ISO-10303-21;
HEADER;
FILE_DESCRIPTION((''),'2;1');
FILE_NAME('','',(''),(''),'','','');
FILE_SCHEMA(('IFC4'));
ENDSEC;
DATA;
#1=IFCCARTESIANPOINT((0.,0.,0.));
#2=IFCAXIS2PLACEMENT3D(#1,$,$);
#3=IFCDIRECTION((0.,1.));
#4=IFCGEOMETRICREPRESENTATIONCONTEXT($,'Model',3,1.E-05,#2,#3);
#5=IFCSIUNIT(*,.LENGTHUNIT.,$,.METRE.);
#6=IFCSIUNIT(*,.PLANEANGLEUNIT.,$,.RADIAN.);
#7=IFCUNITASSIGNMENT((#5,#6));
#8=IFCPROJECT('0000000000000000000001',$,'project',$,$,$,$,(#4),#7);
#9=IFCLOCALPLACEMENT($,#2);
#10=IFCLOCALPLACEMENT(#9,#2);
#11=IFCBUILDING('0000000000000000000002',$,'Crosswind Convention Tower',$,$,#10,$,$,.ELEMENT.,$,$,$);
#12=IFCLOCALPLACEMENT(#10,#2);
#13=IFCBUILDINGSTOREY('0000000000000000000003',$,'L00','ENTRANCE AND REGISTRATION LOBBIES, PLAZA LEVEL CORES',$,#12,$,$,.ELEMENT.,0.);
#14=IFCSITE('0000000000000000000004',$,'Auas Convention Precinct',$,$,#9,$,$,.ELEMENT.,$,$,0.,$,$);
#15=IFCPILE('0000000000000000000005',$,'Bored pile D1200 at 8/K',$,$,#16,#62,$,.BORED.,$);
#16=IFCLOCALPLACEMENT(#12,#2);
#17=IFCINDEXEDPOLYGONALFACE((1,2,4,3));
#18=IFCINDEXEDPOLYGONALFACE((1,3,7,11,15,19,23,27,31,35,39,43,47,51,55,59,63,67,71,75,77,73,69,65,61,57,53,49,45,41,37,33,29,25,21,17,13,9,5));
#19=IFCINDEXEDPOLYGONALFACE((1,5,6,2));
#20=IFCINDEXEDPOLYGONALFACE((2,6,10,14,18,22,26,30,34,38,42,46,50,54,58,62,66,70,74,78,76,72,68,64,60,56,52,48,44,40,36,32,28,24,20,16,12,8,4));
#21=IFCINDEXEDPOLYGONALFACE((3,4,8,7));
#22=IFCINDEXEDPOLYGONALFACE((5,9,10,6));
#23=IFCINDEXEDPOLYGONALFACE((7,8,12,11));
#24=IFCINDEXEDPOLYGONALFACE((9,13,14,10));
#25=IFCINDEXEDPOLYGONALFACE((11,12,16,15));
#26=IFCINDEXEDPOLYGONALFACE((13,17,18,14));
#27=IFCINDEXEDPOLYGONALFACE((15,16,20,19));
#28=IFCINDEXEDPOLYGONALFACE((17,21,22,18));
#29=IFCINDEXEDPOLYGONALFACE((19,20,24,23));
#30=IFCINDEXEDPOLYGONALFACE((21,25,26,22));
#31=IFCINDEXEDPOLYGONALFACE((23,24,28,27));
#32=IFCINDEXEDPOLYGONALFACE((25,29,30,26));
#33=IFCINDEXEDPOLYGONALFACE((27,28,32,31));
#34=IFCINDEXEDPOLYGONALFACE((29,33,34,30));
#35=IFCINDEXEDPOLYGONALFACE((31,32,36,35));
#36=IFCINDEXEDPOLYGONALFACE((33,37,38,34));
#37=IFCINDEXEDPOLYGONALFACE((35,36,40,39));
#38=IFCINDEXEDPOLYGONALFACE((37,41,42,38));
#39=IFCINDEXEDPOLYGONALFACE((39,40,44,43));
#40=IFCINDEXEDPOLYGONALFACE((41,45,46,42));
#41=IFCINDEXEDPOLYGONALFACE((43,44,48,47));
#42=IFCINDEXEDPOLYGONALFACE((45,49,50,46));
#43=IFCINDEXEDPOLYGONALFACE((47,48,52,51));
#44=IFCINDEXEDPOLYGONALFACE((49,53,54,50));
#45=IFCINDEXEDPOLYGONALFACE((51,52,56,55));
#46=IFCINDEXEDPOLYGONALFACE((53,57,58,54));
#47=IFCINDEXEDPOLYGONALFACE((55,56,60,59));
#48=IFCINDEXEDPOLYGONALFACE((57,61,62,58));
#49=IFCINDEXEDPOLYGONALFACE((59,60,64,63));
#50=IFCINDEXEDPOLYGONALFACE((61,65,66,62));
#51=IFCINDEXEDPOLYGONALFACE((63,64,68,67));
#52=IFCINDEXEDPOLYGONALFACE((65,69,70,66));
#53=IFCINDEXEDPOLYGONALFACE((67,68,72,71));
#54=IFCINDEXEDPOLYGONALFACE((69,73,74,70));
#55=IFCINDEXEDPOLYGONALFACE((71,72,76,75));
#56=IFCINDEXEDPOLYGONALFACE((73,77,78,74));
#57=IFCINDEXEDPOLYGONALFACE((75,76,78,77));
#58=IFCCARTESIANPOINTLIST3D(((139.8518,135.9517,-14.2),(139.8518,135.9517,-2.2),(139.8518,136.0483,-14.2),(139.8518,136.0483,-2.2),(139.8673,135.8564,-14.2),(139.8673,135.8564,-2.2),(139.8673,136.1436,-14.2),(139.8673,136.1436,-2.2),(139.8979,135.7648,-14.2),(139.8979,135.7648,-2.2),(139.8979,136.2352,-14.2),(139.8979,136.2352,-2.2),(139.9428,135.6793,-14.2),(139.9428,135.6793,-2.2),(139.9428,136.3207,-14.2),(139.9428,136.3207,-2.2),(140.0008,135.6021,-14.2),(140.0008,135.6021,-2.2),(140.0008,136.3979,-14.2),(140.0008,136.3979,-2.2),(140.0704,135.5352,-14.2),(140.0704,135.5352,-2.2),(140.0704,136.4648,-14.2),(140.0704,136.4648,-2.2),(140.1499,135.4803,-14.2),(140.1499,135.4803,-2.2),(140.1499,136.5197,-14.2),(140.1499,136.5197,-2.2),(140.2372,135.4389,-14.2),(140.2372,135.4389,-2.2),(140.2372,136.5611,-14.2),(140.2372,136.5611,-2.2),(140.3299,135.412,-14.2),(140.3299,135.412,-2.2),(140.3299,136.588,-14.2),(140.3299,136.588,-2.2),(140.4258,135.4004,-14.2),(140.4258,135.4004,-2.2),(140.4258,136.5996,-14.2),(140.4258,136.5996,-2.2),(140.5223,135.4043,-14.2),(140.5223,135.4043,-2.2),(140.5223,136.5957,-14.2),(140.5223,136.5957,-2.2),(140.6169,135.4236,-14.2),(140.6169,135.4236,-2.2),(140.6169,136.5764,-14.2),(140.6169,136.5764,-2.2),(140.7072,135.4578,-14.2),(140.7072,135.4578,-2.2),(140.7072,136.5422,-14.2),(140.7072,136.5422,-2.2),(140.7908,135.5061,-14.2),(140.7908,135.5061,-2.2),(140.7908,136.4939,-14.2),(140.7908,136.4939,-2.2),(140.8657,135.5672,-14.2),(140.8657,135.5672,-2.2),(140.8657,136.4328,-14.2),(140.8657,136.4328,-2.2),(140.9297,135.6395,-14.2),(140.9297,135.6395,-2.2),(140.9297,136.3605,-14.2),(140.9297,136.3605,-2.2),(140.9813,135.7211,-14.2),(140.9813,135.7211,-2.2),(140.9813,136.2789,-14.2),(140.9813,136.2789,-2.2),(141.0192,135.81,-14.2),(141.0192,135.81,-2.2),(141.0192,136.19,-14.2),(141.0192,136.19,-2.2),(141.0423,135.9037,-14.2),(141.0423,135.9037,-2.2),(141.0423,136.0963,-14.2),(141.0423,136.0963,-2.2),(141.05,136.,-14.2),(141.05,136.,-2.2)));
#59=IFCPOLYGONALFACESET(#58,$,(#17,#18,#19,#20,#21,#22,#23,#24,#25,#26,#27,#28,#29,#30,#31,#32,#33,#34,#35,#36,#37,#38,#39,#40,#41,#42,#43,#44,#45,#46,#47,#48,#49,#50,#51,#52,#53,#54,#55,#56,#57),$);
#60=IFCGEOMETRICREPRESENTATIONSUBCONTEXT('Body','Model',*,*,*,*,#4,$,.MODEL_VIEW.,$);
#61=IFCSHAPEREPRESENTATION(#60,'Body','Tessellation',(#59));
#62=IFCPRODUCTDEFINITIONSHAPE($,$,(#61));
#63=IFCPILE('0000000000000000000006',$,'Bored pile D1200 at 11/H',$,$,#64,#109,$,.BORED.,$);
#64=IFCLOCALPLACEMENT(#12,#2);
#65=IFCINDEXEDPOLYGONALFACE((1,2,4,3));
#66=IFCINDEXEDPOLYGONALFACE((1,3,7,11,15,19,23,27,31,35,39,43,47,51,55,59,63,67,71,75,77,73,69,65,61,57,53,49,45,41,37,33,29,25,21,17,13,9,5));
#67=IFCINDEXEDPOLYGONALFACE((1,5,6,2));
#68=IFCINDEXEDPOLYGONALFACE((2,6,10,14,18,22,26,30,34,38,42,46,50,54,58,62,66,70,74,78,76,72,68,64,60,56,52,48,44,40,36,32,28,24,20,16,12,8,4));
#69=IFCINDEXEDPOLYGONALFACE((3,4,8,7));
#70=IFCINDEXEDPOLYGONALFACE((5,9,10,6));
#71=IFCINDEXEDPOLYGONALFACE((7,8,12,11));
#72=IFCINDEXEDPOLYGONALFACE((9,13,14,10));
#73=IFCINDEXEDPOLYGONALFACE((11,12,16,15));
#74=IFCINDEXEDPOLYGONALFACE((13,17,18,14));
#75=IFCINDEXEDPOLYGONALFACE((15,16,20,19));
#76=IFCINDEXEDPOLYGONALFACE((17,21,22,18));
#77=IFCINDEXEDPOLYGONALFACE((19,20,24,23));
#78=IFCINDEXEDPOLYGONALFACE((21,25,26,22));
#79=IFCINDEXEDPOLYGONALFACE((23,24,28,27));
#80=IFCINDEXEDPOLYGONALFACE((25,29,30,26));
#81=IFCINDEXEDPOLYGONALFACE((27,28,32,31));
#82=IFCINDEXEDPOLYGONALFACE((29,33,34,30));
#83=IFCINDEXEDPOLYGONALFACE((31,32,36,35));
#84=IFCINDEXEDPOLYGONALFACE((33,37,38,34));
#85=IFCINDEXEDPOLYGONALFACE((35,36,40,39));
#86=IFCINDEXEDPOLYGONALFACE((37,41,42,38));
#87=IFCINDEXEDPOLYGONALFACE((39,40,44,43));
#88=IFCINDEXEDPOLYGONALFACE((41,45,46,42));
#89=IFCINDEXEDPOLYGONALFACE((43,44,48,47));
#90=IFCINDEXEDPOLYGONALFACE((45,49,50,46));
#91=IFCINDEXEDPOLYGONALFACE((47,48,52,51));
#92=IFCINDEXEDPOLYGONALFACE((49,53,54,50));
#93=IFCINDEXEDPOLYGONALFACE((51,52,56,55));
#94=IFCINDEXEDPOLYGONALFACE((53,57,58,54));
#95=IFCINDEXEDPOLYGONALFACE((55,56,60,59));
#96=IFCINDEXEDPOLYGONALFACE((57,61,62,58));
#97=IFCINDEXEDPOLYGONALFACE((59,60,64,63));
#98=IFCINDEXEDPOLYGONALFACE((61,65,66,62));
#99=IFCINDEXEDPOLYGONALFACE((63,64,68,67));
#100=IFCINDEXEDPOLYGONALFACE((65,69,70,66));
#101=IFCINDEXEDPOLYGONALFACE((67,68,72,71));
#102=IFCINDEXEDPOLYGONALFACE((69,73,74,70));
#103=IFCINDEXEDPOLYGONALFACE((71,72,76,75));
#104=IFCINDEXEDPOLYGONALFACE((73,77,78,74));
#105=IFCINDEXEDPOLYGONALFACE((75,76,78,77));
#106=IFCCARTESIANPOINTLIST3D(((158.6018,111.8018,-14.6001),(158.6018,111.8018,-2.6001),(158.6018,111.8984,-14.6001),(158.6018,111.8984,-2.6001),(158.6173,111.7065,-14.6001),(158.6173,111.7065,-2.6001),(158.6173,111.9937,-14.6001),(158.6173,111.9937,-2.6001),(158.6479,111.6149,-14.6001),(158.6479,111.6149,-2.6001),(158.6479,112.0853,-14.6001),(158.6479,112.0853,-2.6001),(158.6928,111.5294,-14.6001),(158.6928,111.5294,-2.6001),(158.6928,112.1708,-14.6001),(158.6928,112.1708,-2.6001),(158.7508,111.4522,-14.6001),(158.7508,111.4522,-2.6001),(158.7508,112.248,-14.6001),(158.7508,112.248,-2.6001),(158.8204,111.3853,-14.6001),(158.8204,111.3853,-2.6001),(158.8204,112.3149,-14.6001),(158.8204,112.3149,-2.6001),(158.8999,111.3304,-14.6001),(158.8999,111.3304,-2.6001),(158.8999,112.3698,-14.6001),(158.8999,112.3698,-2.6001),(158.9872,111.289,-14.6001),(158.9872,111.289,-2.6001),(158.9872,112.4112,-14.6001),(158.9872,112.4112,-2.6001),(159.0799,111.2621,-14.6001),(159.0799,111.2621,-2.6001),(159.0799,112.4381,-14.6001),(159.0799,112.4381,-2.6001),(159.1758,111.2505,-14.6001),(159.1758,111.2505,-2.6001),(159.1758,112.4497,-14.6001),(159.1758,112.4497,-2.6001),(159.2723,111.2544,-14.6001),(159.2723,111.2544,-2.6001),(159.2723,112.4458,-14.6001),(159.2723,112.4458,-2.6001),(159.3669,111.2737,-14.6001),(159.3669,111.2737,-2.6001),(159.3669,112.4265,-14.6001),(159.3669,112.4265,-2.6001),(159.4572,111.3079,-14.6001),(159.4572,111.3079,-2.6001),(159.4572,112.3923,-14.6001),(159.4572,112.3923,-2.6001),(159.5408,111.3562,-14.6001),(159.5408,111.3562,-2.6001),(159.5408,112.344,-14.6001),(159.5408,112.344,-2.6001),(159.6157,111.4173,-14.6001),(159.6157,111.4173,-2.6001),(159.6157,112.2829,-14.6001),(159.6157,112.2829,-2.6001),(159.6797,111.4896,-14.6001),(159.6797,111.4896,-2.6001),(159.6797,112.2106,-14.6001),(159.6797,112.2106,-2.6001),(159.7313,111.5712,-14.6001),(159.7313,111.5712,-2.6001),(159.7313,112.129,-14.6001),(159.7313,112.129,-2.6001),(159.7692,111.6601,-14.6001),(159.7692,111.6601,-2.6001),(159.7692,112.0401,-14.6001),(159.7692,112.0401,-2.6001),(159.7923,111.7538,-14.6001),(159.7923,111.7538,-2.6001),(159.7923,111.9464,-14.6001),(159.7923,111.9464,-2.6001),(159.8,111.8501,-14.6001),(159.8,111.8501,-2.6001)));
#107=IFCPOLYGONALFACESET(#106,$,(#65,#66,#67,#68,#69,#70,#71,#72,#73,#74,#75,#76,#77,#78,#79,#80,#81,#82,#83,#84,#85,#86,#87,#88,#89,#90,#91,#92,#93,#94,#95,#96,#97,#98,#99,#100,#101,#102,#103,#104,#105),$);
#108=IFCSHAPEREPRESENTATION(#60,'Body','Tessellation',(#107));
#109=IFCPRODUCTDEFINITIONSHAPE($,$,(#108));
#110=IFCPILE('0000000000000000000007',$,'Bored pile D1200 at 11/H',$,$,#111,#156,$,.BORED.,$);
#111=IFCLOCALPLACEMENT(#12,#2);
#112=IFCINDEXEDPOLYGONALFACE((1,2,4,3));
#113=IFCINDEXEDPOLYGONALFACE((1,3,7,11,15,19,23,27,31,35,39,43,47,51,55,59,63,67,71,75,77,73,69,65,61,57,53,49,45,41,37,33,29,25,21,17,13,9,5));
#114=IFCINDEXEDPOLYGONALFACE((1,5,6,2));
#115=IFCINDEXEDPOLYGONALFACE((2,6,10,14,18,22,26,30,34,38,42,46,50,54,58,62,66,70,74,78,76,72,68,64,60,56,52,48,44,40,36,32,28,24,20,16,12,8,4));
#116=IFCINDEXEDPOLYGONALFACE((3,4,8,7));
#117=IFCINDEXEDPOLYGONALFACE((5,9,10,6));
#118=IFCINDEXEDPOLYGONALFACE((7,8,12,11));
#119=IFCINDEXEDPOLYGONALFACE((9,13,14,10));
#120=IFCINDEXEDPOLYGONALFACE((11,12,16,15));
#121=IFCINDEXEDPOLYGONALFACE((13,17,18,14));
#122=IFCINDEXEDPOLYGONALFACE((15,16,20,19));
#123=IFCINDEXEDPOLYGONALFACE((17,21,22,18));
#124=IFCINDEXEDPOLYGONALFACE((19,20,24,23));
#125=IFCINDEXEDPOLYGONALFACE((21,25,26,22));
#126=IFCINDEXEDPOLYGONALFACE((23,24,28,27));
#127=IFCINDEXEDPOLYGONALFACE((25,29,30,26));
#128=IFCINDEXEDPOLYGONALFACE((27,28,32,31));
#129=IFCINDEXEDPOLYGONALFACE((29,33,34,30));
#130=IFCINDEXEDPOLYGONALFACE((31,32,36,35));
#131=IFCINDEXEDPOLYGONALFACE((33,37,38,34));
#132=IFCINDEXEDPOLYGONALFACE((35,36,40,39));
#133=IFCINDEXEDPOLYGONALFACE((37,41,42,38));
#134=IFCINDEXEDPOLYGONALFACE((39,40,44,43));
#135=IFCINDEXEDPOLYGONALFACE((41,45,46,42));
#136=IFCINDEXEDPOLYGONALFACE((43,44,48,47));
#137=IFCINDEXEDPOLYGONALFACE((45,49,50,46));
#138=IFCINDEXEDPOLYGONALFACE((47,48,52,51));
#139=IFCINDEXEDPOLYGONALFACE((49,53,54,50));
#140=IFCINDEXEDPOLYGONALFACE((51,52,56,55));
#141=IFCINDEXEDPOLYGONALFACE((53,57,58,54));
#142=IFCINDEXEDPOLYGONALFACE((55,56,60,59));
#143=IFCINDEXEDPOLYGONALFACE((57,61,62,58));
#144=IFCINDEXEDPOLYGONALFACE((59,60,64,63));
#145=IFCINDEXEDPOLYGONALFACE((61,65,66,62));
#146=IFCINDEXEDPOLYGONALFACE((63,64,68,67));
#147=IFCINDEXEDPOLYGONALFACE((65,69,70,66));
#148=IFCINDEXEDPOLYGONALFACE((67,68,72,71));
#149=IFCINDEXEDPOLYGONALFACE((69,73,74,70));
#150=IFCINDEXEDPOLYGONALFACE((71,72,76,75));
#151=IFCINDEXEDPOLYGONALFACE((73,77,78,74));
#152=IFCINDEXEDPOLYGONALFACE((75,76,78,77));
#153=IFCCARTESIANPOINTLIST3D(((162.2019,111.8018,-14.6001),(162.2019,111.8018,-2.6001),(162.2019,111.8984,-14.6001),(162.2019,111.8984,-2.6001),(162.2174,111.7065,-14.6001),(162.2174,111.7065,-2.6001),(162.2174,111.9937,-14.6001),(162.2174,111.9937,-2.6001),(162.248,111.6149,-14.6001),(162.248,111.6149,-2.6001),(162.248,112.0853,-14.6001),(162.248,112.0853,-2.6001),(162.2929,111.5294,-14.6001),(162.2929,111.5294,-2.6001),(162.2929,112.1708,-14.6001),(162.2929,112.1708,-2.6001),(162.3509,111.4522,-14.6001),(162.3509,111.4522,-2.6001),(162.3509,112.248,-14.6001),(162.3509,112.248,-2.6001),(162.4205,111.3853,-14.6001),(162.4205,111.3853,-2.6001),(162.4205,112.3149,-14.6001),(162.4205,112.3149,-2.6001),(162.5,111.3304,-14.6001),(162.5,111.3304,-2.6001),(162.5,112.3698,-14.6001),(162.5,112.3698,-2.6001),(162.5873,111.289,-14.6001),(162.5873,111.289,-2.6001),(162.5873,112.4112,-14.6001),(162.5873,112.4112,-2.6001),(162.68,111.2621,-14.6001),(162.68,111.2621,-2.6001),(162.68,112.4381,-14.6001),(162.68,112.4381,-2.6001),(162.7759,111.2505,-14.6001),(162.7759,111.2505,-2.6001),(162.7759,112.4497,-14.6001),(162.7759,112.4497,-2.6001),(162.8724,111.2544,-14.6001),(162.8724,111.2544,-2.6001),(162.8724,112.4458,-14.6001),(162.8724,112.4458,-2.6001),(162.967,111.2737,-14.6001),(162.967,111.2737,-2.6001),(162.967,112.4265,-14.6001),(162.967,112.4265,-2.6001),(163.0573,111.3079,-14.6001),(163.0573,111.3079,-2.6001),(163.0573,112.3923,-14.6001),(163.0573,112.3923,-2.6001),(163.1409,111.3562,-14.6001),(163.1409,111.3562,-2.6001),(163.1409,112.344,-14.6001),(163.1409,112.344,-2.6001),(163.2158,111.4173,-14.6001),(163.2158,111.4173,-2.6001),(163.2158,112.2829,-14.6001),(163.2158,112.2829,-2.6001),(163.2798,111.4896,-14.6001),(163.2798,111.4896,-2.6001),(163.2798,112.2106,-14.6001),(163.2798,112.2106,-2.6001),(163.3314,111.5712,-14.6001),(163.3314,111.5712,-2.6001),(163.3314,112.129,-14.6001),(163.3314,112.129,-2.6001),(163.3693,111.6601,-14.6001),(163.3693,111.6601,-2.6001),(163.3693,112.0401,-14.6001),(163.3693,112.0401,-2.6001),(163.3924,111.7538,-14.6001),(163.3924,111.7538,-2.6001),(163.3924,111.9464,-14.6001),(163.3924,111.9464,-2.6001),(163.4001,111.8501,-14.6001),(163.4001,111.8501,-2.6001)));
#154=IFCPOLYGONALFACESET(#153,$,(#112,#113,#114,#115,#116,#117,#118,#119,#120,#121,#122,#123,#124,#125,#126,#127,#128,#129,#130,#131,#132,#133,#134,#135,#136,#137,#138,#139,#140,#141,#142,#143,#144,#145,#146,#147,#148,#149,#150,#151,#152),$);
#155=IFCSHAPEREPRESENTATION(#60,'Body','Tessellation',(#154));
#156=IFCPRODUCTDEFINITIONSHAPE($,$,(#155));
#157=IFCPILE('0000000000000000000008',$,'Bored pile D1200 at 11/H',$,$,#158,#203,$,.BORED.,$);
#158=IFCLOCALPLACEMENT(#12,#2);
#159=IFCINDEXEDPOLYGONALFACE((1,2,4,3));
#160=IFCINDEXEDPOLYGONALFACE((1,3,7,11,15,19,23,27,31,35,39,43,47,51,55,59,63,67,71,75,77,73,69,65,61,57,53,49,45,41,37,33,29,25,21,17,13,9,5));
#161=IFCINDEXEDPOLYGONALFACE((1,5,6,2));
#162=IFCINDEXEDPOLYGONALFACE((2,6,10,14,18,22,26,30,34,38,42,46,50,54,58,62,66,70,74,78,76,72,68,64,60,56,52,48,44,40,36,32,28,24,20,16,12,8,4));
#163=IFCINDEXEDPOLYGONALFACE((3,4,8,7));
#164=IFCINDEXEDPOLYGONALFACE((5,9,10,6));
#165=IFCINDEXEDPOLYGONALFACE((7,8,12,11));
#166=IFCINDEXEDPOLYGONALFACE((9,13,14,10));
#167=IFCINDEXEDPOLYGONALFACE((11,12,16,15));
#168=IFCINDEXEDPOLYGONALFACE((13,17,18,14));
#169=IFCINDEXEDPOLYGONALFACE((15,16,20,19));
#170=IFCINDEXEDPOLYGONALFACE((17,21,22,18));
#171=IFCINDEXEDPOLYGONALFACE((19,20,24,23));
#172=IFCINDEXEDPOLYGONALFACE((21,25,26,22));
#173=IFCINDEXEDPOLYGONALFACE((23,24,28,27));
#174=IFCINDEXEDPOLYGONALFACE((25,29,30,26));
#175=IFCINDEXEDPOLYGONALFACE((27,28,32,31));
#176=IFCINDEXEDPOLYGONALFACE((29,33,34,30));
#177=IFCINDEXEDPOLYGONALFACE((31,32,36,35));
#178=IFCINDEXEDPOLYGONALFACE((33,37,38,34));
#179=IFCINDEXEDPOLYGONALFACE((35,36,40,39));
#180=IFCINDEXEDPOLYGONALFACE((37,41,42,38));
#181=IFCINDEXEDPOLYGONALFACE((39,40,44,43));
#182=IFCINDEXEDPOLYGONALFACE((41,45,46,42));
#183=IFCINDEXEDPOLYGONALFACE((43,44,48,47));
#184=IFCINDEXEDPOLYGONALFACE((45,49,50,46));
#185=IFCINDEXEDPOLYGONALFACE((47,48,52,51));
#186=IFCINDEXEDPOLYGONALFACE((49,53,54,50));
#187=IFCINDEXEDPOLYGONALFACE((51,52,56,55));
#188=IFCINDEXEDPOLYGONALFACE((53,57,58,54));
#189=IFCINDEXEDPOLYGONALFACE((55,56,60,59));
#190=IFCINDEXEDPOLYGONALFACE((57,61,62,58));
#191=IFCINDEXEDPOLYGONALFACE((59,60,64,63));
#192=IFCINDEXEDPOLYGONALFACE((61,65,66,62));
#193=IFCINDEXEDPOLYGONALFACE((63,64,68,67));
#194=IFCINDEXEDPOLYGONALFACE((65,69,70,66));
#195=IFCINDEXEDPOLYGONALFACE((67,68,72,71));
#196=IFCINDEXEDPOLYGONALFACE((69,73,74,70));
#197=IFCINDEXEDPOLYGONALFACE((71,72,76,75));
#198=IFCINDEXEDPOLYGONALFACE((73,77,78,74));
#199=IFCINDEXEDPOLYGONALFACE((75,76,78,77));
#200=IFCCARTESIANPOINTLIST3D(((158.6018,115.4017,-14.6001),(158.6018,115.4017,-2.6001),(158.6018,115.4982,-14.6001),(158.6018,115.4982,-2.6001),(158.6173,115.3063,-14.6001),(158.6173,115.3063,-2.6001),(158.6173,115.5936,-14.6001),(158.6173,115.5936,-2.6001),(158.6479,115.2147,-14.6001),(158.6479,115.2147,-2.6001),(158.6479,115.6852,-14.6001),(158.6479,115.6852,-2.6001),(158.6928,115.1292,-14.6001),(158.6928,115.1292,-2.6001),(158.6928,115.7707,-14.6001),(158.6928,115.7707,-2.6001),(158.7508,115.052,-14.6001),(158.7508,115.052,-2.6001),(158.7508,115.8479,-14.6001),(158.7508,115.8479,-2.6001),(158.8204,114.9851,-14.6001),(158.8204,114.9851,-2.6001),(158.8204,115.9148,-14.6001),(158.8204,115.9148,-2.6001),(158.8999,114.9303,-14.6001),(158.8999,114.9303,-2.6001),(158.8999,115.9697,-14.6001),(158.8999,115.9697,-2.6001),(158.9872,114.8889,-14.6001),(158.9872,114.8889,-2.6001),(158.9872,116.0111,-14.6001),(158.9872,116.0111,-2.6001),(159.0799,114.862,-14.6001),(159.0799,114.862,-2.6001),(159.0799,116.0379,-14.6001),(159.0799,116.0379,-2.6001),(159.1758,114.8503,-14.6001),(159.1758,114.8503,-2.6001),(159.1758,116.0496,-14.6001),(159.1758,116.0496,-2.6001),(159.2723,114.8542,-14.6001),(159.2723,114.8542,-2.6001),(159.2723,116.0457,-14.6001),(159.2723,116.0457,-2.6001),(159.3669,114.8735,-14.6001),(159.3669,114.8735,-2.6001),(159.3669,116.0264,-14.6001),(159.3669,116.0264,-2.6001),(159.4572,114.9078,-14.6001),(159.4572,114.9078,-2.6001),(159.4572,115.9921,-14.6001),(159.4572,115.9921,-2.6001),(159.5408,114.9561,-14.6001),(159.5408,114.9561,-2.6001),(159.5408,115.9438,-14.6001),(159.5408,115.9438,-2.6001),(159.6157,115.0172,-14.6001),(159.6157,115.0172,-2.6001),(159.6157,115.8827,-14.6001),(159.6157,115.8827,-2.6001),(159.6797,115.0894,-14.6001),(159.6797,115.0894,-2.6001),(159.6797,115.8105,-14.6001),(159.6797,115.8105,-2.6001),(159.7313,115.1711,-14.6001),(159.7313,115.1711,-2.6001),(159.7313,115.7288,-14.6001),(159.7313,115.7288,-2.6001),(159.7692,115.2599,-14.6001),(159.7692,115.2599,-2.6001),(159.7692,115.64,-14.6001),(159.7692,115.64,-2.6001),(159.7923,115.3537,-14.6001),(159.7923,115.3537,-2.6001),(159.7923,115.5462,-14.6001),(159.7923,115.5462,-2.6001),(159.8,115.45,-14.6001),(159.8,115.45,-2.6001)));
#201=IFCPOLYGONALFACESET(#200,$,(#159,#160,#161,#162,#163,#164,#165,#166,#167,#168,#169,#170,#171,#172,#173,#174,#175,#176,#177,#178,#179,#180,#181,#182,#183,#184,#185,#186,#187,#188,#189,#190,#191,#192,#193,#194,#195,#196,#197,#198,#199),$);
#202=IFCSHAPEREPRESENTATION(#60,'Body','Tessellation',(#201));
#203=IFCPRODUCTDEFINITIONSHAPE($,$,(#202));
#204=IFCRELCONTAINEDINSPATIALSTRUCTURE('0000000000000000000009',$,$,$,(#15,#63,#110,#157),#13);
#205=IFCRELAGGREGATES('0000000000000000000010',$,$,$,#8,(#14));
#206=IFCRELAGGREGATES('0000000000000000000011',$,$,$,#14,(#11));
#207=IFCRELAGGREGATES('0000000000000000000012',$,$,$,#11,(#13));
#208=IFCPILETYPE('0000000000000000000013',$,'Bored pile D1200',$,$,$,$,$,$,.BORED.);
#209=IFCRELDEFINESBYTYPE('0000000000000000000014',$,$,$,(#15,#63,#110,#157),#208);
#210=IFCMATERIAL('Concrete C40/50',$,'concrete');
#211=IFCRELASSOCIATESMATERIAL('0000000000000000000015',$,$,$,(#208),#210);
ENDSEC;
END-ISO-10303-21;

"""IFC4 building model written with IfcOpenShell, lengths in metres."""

from ifc_helpers import new_model, si_unit, direction, frame, origin, origin_2d, place, context, subcontext, project, spatial, circle, extrude, material, material_profile, profile_set, type_object, element, save


model = new_model("IFC4")

# Units and contexts
model_context = context("Model", 3, precision=1e-05, world=origin(), true_north=direction((0.0, 1.0)))
body_context = subcontext(model_context, "Body", "Model", "MODEL_VIEW")
ifc_project = project(units=[si_unit("LENGTHUNIT", "METRE"), si_unit("PLANEANGLEUNIT", "RADIAN")], contexts=[model_context])

# Site, building, storey
site_placement = place(None, origin())
site = spatial("IfcSite", under=ifc_project, at=site_placement, Name="Auas Convention Precinct", CompositionType="ELEMENT", RefElevation=0.0)
building_placement = place(site_placement, origin())
building = spatial("IfcBuilding", under=site, at=building_placement, Name="Crosswind Convention Tower", CompositionType="ELEMENT")
storey_placement = place(building_placement, origin())
storey = spatial("IfcBuildingStorey", under=building, at=storey_placement, Name="L00", Description="ENTRANCE AND REGISTRATION LOBBIES, PLAZA LEVEL CORES", CompositionType="ELEMENT", Elevation=0.0)

# Piles
ifc_material_1 = material(Name="Concrete C40/50", Category="concrete")
ifc_material_profile_1 = material_profile(ifc_material_1, circle(Radius=0.6001, at=origin_2d()), Name="Bored pile D1200")
ifc_profile_set_1 = profile_set([ifc_material_profile_1], Name="Concrete C40/50")
pile_type_1 = type_object("IfcPileType", Name="Bored pile D1200", PredefinedType="BORED", material=ifc_profile_set_1)
for number, where, z_axis, x_axis, name in (
    (1, (140.45, 136.0, -2.2), (0.0, 0.0, -1.0), (1.0, 0.0, 0.0), "Bored pile D1200 at 8/K"),
    (2, (159.2, 111.8501, -2.6001), (0.0, 0.0, -1.0), (1.0, 0.0, 0.0), "Bored pile D1200 at 11/H"),
    (3, (162.8, 111.8501, -2.6001), (0.0, 0.0, -1.0), (1.0, 0.0, 0.0), "Bored pile D1200 at 11/H"),
    (4, (159.2, 115.45, -2.6001), (0.0, 0.0, -1.0), (1.0, 0.0, 0.0), "Bored pile D1200 at 11/H"),
):
    element("IfcPile", number, at=place(storey_placement, frame(where, z_axis=z_axis, x_axis=x_axis)), inside=storey, type_object=pile_type_1, Name=name, PredefinedType="BORED", context=body_context, shape_type="SweptSolid", body=[
        extrude(circle(Radius=0.6001, at=origin_2d()), origin(), (0.0, 0.0, 1.0), 12.0),
    ])

save(model, "model.ifc")
